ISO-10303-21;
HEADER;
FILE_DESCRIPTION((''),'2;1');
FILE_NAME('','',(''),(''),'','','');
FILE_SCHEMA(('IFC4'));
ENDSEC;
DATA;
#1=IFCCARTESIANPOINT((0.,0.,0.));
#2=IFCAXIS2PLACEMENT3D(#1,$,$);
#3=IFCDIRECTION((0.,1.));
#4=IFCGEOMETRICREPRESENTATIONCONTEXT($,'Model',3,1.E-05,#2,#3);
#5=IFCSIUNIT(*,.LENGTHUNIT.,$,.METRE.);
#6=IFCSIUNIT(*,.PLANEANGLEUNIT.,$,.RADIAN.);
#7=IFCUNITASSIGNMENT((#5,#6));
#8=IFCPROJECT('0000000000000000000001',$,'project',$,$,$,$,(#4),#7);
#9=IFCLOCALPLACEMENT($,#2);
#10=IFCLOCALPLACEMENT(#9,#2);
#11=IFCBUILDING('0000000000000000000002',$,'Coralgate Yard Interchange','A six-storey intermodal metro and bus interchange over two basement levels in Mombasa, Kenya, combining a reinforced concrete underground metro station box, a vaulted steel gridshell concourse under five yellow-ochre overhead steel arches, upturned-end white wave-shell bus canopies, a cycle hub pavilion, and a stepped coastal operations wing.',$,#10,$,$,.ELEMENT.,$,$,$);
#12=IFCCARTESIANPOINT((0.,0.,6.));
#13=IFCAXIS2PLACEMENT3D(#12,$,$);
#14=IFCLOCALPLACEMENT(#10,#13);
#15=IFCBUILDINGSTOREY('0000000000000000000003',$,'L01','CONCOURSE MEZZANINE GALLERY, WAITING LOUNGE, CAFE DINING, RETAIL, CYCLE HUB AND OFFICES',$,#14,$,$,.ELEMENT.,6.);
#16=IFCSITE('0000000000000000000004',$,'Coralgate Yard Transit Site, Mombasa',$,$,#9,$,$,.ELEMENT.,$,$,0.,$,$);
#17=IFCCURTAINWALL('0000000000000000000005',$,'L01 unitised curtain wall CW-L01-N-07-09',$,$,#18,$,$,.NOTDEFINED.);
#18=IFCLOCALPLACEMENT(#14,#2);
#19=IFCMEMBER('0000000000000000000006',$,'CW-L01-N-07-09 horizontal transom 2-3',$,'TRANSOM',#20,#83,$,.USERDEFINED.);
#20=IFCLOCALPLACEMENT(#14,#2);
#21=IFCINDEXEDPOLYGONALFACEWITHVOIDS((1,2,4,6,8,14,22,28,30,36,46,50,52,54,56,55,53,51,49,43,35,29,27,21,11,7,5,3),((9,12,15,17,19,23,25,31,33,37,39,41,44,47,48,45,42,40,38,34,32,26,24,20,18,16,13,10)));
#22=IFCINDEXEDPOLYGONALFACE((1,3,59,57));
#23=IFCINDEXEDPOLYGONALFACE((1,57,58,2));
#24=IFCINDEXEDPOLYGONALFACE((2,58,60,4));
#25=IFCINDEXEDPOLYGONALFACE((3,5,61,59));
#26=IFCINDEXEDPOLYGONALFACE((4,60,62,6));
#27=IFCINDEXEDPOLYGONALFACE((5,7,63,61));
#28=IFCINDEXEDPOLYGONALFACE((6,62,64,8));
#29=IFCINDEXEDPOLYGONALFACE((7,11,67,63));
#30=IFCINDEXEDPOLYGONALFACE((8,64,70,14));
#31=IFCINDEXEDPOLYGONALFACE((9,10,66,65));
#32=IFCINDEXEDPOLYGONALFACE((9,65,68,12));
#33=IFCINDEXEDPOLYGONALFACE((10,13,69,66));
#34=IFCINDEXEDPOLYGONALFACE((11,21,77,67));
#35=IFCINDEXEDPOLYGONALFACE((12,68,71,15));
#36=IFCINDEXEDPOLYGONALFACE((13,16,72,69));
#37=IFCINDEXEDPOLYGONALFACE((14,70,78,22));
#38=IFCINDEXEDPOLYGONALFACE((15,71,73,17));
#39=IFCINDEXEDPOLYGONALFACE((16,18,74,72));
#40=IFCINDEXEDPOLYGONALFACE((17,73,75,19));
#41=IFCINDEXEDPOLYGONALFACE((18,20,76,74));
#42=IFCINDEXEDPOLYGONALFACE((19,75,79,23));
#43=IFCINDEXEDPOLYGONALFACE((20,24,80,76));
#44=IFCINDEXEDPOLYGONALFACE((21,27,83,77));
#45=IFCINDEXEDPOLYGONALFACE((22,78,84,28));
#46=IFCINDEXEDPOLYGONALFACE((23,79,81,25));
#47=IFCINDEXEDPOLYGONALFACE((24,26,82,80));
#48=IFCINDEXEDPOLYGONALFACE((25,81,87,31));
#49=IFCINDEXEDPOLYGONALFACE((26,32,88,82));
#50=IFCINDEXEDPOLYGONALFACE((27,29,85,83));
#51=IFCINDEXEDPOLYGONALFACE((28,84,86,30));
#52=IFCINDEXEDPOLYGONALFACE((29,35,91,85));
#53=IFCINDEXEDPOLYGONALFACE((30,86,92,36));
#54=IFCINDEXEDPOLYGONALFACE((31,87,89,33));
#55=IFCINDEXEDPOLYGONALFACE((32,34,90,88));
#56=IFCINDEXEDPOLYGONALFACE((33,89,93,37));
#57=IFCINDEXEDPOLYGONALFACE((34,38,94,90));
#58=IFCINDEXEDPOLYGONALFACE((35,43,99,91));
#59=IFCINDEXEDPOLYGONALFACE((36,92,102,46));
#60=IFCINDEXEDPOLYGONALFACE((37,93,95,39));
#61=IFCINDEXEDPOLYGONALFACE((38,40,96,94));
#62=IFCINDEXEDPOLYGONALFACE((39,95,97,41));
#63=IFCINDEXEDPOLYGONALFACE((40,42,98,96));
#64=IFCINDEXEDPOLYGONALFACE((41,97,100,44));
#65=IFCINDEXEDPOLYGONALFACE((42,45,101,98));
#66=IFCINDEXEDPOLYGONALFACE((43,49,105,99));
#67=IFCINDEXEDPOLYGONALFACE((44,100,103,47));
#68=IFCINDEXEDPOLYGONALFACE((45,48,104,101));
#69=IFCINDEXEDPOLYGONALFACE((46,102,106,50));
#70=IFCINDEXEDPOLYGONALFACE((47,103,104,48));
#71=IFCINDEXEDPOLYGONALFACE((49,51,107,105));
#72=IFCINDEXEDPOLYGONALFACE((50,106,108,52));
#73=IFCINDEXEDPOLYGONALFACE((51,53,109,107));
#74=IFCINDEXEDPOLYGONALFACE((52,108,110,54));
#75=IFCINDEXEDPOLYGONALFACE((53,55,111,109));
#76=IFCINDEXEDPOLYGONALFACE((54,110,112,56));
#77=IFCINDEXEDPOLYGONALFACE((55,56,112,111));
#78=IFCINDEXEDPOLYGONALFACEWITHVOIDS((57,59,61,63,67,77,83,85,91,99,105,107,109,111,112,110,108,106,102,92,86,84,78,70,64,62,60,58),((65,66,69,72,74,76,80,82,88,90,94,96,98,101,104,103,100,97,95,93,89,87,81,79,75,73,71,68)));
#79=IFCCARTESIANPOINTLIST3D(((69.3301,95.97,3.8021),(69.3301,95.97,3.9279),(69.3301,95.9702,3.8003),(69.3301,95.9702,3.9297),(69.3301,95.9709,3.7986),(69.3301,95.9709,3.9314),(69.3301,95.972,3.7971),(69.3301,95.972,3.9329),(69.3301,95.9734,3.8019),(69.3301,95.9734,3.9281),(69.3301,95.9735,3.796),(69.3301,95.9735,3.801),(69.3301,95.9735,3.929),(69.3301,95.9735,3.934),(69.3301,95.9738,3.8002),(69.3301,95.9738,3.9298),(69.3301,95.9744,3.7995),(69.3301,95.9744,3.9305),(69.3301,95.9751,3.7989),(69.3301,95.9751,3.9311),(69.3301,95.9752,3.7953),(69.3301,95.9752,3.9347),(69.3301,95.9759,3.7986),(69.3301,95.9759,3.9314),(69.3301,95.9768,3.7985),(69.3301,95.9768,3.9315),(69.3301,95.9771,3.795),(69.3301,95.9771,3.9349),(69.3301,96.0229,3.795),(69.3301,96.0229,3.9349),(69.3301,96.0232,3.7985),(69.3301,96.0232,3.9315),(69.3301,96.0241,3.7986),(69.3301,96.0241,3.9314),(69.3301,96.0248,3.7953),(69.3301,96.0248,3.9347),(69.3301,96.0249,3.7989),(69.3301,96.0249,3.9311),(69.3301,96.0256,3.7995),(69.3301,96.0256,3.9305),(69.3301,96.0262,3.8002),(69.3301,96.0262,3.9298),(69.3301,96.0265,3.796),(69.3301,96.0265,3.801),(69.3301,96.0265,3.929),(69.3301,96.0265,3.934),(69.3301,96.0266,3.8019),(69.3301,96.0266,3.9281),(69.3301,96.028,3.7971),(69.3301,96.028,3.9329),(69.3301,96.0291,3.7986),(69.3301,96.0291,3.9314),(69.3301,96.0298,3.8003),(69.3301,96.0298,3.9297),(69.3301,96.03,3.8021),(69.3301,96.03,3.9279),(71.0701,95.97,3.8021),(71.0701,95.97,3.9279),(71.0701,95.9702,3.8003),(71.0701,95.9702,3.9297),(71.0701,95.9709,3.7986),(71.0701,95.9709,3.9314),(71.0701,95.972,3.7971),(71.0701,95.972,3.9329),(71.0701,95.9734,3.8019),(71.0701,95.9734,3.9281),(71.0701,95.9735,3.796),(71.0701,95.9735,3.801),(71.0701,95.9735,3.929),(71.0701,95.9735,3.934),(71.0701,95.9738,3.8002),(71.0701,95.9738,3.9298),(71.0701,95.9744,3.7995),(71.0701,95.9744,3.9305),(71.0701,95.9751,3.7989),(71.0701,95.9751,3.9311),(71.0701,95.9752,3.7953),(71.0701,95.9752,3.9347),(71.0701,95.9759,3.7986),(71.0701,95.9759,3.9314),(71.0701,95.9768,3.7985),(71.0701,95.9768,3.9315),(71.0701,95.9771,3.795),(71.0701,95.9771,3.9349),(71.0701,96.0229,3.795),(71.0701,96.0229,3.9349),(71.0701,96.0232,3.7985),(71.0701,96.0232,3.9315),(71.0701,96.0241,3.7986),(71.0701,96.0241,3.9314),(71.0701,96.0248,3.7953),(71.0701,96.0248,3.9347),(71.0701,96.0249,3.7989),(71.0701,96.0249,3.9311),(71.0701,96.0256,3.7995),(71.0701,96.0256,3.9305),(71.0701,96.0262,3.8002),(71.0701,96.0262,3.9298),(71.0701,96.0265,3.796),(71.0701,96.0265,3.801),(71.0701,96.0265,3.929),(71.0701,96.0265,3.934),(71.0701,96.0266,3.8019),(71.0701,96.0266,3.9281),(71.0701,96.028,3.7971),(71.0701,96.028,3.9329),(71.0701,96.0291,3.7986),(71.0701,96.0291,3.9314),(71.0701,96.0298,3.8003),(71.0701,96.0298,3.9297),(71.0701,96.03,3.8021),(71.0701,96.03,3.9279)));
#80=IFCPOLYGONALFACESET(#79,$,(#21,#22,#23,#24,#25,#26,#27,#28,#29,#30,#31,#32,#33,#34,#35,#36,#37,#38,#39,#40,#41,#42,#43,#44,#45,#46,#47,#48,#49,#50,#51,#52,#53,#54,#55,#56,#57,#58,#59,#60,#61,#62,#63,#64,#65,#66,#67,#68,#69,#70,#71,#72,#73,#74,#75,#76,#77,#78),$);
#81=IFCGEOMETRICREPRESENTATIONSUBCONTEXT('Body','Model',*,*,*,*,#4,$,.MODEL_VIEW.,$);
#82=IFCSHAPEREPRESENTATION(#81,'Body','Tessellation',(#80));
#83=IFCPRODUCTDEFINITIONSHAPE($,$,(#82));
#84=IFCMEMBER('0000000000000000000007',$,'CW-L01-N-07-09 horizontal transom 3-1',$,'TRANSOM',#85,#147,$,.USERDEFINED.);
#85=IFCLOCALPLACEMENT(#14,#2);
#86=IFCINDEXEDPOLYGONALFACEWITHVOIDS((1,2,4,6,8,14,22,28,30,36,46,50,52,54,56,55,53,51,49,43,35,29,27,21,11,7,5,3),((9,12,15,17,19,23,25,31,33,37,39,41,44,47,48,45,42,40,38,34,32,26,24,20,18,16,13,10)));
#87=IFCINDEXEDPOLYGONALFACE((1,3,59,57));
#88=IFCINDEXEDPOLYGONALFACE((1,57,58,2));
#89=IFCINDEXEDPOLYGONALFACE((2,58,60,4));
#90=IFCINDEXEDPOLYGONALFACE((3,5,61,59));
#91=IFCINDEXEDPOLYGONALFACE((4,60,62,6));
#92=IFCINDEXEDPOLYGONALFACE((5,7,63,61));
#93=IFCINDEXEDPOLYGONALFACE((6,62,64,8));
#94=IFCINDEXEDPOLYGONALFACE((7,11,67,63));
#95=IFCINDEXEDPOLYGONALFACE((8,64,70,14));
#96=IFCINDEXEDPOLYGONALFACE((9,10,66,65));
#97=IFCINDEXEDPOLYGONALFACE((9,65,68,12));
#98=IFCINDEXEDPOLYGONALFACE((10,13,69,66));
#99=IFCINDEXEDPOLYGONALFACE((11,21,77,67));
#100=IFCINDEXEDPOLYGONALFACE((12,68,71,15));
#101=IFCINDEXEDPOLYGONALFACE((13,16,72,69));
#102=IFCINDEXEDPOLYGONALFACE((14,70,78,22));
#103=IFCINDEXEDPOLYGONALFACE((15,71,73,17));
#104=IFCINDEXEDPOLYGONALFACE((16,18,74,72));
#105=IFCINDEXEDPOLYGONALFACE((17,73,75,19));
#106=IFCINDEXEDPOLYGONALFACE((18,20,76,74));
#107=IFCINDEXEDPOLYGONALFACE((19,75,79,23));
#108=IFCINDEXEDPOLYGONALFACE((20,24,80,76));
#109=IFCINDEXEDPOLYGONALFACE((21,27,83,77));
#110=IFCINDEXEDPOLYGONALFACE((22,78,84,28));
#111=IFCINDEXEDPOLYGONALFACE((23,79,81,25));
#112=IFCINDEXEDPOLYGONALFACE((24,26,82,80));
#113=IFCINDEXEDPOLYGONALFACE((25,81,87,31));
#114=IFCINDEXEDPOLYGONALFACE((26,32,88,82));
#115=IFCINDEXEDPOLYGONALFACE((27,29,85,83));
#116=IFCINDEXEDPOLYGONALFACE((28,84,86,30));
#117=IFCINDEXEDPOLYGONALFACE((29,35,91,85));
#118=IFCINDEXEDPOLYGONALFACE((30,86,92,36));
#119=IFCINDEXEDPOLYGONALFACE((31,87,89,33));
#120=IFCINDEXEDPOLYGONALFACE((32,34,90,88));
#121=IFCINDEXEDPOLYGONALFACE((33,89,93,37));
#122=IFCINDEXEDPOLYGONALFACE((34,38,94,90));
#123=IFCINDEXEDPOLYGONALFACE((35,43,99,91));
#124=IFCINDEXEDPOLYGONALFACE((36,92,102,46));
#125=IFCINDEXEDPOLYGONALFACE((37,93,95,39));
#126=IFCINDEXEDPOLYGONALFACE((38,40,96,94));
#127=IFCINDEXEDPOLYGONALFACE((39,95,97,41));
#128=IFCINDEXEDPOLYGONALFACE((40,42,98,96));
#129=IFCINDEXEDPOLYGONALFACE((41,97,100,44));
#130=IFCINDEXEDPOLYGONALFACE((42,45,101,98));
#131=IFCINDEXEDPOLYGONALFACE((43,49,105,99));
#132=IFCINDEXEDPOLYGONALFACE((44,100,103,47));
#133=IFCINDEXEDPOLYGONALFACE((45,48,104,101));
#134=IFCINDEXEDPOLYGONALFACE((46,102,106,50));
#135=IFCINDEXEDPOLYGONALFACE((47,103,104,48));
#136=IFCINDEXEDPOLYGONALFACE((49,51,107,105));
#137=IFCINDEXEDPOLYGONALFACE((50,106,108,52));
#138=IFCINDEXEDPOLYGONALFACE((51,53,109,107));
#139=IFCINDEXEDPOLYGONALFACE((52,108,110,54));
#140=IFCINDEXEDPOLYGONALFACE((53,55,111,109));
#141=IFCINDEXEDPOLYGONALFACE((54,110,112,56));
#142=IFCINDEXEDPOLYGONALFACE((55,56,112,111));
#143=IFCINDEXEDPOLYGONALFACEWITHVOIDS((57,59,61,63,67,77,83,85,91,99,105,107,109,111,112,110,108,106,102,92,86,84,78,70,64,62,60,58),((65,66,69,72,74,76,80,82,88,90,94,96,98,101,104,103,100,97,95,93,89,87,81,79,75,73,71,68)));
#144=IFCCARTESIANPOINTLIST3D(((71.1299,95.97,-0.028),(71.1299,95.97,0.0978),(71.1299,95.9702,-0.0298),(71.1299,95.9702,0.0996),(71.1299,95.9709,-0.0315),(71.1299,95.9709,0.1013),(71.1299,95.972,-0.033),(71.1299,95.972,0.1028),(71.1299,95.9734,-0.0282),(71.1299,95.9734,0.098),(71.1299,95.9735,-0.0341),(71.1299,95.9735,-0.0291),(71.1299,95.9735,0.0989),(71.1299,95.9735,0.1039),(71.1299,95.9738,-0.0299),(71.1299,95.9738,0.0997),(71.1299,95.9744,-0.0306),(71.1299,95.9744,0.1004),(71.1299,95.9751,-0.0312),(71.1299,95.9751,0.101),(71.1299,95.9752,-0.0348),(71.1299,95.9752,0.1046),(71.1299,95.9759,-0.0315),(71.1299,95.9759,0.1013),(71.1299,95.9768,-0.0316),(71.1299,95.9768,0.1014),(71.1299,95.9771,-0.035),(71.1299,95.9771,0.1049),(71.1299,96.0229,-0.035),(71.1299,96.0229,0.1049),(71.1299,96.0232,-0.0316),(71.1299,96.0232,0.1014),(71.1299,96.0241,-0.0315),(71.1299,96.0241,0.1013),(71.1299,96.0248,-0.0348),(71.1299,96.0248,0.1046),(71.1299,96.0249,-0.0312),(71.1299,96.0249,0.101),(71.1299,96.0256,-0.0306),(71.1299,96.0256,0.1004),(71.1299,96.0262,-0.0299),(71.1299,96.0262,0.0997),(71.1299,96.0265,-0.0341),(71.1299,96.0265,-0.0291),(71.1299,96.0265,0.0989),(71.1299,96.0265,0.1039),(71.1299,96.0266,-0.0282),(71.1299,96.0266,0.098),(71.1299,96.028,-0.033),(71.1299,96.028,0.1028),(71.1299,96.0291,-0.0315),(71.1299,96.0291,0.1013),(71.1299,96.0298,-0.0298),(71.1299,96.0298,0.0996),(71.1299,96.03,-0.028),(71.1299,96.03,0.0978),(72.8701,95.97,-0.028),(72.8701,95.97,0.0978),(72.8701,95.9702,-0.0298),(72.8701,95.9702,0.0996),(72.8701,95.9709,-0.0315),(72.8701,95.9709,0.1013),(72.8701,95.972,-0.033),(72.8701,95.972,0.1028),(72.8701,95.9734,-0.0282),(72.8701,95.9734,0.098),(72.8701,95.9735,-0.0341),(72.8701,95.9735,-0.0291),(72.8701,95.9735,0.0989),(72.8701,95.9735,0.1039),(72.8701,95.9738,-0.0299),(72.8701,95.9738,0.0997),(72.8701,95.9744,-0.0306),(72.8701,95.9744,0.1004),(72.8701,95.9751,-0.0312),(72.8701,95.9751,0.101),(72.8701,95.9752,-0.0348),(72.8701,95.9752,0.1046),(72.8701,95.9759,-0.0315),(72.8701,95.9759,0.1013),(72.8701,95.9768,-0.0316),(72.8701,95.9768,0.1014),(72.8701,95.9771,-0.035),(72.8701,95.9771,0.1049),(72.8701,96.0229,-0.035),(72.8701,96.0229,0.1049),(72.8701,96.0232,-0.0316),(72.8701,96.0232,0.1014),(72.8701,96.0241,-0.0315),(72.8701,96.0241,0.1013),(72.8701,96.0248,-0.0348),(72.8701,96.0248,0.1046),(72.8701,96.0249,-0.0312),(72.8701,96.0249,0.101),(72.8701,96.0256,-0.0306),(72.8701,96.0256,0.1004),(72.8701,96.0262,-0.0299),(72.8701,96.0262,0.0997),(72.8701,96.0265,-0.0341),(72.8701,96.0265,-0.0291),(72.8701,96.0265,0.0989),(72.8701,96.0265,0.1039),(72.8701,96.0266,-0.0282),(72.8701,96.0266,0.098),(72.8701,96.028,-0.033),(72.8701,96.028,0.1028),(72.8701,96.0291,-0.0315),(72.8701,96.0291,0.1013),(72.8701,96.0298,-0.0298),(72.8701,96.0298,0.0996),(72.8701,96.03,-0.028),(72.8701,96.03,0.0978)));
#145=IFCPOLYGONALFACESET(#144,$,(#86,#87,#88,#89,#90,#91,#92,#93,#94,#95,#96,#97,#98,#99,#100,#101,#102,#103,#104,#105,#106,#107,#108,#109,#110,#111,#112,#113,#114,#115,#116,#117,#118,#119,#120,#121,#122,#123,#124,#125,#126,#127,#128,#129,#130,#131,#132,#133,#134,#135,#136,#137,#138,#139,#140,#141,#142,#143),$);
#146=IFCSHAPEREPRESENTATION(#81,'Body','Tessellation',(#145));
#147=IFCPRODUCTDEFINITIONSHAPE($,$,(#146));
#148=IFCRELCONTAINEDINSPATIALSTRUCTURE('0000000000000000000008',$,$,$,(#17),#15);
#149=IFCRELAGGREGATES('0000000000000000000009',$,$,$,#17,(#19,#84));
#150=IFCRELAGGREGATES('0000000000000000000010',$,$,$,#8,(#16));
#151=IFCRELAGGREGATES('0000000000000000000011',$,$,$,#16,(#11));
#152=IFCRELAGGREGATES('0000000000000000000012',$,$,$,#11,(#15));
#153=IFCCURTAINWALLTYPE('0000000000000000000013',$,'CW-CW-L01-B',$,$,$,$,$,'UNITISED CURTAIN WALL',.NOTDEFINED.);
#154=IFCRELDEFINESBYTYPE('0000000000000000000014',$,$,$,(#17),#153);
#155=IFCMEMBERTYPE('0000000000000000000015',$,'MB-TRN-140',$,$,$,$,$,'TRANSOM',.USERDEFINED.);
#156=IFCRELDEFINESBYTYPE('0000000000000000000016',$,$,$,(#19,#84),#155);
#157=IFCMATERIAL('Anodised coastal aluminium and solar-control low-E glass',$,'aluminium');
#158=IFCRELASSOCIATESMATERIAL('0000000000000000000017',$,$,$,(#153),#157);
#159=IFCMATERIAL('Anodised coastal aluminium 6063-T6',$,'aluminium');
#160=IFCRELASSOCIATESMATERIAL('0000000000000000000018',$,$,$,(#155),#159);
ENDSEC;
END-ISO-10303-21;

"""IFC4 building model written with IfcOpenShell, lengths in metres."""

from ifc_helpers import new_model, si_unit, direction, frame, origin, origin_2d, place, context, subcontext, project, spatial, hollow_rectangle, extrude, material, material_profile, profile_set, type_object, element, aggregate, save


model = new_model("IFC4")

# Units and contexts
model_context = context("Model", 3, precision=1e-05, world=origin(), true_north=direction((0.0, 1.0)))
body_context = subcontext(model_context, "Body", "Model", "MODEL_VIEW")
ifc_project = project(units=[si_unit("LENGTHUNIT", "METRE"), si_unit("PLANEANGLEUNIT", "RADIAN")], contexts=[model_context])

# Site, building, storey
site_placement = place(None, origin())
site = spatial("IfcSite", under=ifc_project, at=site_placement, Name="Coralgate Yard Transit Site, Mombasa", CompositionType="ELEMENT", RefElevation=0.0)
building_placement = place(site_placement, origin())
building = spatial("IfcBuilding", under=site, at=building_placement, Name="Coralgate Yard Interchange", Description="A six-storey intermodal metro and bus interchange over two basement levels in Mombasa, Kenya, combining a reinforced concrete underground metro station box, a vaulted steel gridshell concourse under five yellow-ochre overhead steel arches, upturned-end white wave-shell bus canopies, a cycle hub pavilion, and a stepped coastal operations wing.", CompositionType="ELEMENT")
storey_placement = place(building_placement, frame((0.0, 0.0, 6.0)))
storey = spatial("IfcBuildingStorey", under=building, at=storey_placement, Name="L01", Description="CONCOURSE MEZZANINE GALLERY, WAITING LOUNGE, CAFE DINING, RETAIL, CYCLE HUB AND OFFICES", CompositionType="ELEMENT", Elevation=6.0)

# Curtain wall
ifc_material_1 = material(Name="Anodised coastal aluminium and solar-control low-E glass", Category="aluminium")
curtain_wall_type = type_object("IfcCurtainWallType", Name="CW-CW-L01-B", ElementType="UNITISED CURTAIN WALL", PredefinedType="NOTDEFINED", material=ifc_material_1)
curtain_wall_placement = place(storey_placement, origin())
curtain_wall = element("IfcCurtainWall", 1, at=curtain_wall_placement, inside=storey, type_object=curtain_wall_type, Name="L01 unitised curtain wall CW-L01-N-07-09", PredefinedType="NOTDEFINED")
ifc_material_2 = material(Name="Anodised coastal aluminium 6063-T6", Category="aluminium")

# Members
ifc_material_profile_1 = material_profile(ifc_material_2, hollow_rectangle(XDim=0.0601, YDim=0.1399, WallThickness=0.0034, InnerFilletRadius=0.0034, OuterFilletRadius=0.0071, at=origin_2d()), Name="ALU 60x140x3.5")
ifc_profile_set_1 = profile_set([ifc_material_profile_1], Name="Anodised coastal aluminium 6063-T6")
member_type_1 = type_object("IfcMemberType", Name="MB-TRN-140", ElementType="TRANSOM", PredefinedType="USERDEFINED", material=ifc_profile_set_1)
member_1_placement = place(storey_placement, frame((69.3301, 96.0, 3.865), z_axis=(1.0, 0.0, 0.0), x_axis=(0.0, 1.0, 0.0)))
member_1 = element("IfcMember", 2, at=member_1_placement, type_object=member_type_1, Name="CW-L01-N-07-09 horizontal transom 2-3", ObjectType="TRANSOM", PredefinedType="USERDEFINED", context=body_context, shape_type="SweptSolid", body=[
    extrude(hollow_rectangle(XDim=0.0601, YDim=0.1399, WallThickness=0.0034, InnerFilletRadius=0.0034, OuterFilletRadius=0.0071, at=origin_2d()), origin(), (0.0, 0.0, 1.0), 1.74),
])
member_2_placement = place(storey_placement, frame((71.1299, 96.0, 0.0349), z_axis=(1.0, 0.0, 0.0), x_axis=(0.0, 1.0, 0.0)))
member_2 = element("IfcMember", 3, at=member_2_placement, type_object=member_type_1, Name="CW-L01-N-07-09 horizontal transom 3-1", ObjectType="TRANSOM", PredefinedType="USERDEFINED", context=body_context, shape_type="SweptSolid", body=[
    extrude(hollow_rectangle(XDim=0.0601, YDim=0.1399, WallThickness=0.0034, InnerFilletRadius=0.0034, OuterFilletRadius=0.0071, at=origin_2d()), origin(), (0.0, 0.0, 1.0), 1.7402),
])

aggregate(curtain_wall, [member_1, member_2])

save(model, "model.ifc")
